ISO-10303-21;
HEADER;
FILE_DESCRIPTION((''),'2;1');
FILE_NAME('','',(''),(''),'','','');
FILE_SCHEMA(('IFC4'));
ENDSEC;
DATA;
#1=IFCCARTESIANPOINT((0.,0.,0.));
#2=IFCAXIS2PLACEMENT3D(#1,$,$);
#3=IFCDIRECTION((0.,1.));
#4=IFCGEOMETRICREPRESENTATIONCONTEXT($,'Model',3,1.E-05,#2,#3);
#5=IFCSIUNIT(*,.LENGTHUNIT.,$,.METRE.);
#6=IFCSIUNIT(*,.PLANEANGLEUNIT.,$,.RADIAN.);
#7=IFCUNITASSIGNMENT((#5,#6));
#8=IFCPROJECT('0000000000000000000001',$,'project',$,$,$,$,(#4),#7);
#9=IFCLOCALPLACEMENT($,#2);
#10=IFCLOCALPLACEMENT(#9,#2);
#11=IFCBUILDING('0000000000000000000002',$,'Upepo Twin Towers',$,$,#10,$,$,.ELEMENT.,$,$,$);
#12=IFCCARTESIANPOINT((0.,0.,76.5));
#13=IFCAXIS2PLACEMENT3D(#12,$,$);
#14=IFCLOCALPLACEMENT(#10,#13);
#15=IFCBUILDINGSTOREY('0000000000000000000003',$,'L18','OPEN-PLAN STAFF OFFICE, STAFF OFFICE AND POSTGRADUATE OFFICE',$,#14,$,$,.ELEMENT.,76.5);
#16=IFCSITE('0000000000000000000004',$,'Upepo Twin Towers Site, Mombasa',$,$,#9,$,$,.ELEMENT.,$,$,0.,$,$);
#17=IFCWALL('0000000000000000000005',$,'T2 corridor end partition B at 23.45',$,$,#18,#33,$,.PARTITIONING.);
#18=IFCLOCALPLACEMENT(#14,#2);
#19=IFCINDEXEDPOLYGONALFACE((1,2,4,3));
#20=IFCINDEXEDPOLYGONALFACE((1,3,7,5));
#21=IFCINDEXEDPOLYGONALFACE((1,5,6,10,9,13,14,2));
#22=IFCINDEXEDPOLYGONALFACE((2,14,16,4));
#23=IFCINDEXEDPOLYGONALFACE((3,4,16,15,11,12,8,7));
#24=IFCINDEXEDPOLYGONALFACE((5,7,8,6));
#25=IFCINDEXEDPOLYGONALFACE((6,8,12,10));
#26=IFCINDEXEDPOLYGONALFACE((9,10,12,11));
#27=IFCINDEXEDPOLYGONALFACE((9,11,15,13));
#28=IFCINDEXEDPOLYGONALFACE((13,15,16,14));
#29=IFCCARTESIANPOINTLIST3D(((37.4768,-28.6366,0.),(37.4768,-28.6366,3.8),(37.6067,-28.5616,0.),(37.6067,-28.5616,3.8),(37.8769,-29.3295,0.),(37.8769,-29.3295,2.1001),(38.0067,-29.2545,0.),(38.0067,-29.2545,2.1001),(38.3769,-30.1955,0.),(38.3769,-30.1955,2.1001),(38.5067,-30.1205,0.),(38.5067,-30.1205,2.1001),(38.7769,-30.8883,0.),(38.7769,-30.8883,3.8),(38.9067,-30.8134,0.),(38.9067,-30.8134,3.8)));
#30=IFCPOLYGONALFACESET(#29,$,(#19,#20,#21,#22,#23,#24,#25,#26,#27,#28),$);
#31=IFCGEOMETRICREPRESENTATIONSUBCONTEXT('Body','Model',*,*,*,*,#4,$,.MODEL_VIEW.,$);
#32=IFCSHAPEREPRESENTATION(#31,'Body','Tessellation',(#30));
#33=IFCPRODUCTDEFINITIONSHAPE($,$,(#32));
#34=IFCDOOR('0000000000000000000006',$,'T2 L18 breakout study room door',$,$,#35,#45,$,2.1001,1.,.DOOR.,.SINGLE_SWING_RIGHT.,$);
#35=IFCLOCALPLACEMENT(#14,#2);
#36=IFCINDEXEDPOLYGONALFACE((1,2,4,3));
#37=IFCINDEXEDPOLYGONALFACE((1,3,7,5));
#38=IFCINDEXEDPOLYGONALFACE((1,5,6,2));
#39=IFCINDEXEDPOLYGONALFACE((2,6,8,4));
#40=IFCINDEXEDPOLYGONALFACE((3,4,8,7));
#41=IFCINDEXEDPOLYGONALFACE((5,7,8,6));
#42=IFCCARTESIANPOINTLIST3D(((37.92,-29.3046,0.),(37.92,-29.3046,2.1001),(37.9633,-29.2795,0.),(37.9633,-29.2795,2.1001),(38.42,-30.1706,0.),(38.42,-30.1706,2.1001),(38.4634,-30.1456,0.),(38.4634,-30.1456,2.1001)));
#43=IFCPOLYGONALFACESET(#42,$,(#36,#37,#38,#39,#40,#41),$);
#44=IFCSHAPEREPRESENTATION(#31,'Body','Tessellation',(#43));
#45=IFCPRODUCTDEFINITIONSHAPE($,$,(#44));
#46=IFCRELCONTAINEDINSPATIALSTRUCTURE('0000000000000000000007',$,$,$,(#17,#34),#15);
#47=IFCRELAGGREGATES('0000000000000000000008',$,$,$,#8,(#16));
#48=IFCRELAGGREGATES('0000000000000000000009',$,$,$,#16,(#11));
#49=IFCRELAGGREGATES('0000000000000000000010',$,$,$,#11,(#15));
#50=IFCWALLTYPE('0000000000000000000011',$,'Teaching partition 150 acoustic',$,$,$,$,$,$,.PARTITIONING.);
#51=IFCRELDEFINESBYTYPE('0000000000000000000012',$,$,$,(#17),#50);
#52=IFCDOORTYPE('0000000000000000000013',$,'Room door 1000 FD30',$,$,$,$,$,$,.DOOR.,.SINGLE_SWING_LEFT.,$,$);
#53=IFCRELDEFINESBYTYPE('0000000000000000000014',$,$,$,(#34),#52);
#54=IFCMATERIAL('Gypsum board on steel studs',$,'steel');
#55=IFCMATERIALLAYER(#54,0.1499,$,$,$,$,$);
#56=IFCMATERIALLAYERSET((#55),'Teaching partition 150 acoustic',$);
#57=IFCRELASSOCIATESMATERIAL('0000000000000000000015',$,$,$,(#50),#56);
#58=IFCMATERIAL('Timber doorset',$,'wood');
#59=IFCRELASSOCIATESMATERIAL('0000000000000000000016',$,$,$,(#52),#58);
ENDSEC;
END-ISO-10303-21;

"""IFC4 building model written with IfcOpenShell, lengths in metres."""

from ifc_helpers import new_model, si_unit, direction, frame, frame_2d, origin, place, context, subcontext, project, spatial, rectangle, extrude, material, layer, layer_set, type_object, element, fill, save


model = new_model("IFC4")

# Units and contexts
model_context = context("Model", 3, precision=1e-05, world=origin(), true_north=direction((0.0, 1.0)))
body_context = subcontext(model_context, "Body", "Model", "MODEL_VIEW")
ifc_project = project(units=[si_unit("LENGTHUNIT", "METRE"), si_unit("PLANEANGLEUNIT", "RADIAN")], contexts=[model_context])

# Site, building, storey
site_placement = place(None, origin())
site = spatial("IfcSite", under=ifc_project, at=site_placement, Name="Upepo Twin Towers Site, Mombasa", CompositionType="ELEMENT", RefElevation=0.0)
building_placement = place(site_placement, origin())
building = spatial("IfcBuilding", under=site, at=building_placement, Name="Upepo Twin Towers", CompositionType="ELEMENT")
storey_placement = place(building_placement, frame((0.0, 0.0, 76.5)))
storey = spatial("IfcBuildingStorey", under=building, at=storey_placement, Name="L18", Description="OPEN-PLAN STAFF OFFICE, STAFF OFFICE AND POSTGRADUATE OFFICE", CompositionType="ELEMENT", Elevation=76.5)

# Wall, opening, door
ifc_material_1 = material(Name="Gypsum board on steel studs", Category="steel")
ifc_layer_1 = layer(ifc_material_1, 0.1499)
ifc_layer_set_1 = layer_set([ifc_layer_1], Name="Teaching partition 150 acoustic")
wall_type_1 = type_object("IfcWallType", Name="Teaching partition 150 acoustic", PredefinedType="PARTITIONING", material=ifc_layer_set_1)
wall_1_placement = place(storey_placement, frame((37.5417, -28.5991, 0.0), z_axis=(0.0, 0.0, 1.0), x_axis=(0.500007, -0.866021, 0.0)))
wall_1 = element("IfcWall", 1, at=wall_1_placement, inside=storey, type_object=wall_type_1, Name="T2 corridor end partition B at 23.45", PredefinedType="PARTITIONING", context=body_context, shape_type="SweptSolid", body=[
    extrude(rectangle(XDim=2.6001, YDim=0.1499, at=frame_2d((1.3, 0.0))), origin(), (0.0, 0.0, 1.0), 3.8),
])
opening_1_placement = place(wall_1_placement, frame((0.8, 0.0, 0.0)))
opening_1 = element("IfcOpeningElement", 2, at=opening_1_placement, cuts=wall_1, PredefinedType="OPENING", context=body_context, shape_type="SweptSolid", body=[
    extrude(rectangle(XDim=1.0, YDim=2.1001, at=frame_2d((0.5, 1.05))), frame((0.0, 0.085, 0.0), z_axis=(0.0, -1.0, 0.0), x_axis=(1.0, 0.0, 0.0)), (0.0, 0.0, 1.0), 0.1699),
])
ifc_material_2 = material(Name="Timber doorset", Category="wood")
door_type_1 = type_object("IfcDoorType", Name="Room door 1000 FD30", OperationType="SINGLE_SWING_LEFT", PredefinedType="DOOR", material=ifc_material_2)
door_1_placement = place(opening_1_placement, origin())
door_1 = element("IfcDoor", 3, at=door_1_placement, inside=storey, type_object=door_type_1, Name="T2 L18 breakout study room door", OperationType="SINGLE_SWING_RIGHT", OverallHeight=2.1001, OverallWidth=1.0, PredefinedType="DOOR", context=body_context, shape_type="SweptSolid", body=[
    extrude(rectangle(XDim=1.0, YDim=2.1001, at=frame_2d((0.5, 1.05))), frame((0.0, 0.0249, 0.0), z_axis=(0.0, -1.0, 0.0), x_axis=(1.0, 0.0, 0.0)), (0.0, 0.0, 1.0), 0.05),
])
fill(opening_1, door_1)

save(model, "model.ifc")
